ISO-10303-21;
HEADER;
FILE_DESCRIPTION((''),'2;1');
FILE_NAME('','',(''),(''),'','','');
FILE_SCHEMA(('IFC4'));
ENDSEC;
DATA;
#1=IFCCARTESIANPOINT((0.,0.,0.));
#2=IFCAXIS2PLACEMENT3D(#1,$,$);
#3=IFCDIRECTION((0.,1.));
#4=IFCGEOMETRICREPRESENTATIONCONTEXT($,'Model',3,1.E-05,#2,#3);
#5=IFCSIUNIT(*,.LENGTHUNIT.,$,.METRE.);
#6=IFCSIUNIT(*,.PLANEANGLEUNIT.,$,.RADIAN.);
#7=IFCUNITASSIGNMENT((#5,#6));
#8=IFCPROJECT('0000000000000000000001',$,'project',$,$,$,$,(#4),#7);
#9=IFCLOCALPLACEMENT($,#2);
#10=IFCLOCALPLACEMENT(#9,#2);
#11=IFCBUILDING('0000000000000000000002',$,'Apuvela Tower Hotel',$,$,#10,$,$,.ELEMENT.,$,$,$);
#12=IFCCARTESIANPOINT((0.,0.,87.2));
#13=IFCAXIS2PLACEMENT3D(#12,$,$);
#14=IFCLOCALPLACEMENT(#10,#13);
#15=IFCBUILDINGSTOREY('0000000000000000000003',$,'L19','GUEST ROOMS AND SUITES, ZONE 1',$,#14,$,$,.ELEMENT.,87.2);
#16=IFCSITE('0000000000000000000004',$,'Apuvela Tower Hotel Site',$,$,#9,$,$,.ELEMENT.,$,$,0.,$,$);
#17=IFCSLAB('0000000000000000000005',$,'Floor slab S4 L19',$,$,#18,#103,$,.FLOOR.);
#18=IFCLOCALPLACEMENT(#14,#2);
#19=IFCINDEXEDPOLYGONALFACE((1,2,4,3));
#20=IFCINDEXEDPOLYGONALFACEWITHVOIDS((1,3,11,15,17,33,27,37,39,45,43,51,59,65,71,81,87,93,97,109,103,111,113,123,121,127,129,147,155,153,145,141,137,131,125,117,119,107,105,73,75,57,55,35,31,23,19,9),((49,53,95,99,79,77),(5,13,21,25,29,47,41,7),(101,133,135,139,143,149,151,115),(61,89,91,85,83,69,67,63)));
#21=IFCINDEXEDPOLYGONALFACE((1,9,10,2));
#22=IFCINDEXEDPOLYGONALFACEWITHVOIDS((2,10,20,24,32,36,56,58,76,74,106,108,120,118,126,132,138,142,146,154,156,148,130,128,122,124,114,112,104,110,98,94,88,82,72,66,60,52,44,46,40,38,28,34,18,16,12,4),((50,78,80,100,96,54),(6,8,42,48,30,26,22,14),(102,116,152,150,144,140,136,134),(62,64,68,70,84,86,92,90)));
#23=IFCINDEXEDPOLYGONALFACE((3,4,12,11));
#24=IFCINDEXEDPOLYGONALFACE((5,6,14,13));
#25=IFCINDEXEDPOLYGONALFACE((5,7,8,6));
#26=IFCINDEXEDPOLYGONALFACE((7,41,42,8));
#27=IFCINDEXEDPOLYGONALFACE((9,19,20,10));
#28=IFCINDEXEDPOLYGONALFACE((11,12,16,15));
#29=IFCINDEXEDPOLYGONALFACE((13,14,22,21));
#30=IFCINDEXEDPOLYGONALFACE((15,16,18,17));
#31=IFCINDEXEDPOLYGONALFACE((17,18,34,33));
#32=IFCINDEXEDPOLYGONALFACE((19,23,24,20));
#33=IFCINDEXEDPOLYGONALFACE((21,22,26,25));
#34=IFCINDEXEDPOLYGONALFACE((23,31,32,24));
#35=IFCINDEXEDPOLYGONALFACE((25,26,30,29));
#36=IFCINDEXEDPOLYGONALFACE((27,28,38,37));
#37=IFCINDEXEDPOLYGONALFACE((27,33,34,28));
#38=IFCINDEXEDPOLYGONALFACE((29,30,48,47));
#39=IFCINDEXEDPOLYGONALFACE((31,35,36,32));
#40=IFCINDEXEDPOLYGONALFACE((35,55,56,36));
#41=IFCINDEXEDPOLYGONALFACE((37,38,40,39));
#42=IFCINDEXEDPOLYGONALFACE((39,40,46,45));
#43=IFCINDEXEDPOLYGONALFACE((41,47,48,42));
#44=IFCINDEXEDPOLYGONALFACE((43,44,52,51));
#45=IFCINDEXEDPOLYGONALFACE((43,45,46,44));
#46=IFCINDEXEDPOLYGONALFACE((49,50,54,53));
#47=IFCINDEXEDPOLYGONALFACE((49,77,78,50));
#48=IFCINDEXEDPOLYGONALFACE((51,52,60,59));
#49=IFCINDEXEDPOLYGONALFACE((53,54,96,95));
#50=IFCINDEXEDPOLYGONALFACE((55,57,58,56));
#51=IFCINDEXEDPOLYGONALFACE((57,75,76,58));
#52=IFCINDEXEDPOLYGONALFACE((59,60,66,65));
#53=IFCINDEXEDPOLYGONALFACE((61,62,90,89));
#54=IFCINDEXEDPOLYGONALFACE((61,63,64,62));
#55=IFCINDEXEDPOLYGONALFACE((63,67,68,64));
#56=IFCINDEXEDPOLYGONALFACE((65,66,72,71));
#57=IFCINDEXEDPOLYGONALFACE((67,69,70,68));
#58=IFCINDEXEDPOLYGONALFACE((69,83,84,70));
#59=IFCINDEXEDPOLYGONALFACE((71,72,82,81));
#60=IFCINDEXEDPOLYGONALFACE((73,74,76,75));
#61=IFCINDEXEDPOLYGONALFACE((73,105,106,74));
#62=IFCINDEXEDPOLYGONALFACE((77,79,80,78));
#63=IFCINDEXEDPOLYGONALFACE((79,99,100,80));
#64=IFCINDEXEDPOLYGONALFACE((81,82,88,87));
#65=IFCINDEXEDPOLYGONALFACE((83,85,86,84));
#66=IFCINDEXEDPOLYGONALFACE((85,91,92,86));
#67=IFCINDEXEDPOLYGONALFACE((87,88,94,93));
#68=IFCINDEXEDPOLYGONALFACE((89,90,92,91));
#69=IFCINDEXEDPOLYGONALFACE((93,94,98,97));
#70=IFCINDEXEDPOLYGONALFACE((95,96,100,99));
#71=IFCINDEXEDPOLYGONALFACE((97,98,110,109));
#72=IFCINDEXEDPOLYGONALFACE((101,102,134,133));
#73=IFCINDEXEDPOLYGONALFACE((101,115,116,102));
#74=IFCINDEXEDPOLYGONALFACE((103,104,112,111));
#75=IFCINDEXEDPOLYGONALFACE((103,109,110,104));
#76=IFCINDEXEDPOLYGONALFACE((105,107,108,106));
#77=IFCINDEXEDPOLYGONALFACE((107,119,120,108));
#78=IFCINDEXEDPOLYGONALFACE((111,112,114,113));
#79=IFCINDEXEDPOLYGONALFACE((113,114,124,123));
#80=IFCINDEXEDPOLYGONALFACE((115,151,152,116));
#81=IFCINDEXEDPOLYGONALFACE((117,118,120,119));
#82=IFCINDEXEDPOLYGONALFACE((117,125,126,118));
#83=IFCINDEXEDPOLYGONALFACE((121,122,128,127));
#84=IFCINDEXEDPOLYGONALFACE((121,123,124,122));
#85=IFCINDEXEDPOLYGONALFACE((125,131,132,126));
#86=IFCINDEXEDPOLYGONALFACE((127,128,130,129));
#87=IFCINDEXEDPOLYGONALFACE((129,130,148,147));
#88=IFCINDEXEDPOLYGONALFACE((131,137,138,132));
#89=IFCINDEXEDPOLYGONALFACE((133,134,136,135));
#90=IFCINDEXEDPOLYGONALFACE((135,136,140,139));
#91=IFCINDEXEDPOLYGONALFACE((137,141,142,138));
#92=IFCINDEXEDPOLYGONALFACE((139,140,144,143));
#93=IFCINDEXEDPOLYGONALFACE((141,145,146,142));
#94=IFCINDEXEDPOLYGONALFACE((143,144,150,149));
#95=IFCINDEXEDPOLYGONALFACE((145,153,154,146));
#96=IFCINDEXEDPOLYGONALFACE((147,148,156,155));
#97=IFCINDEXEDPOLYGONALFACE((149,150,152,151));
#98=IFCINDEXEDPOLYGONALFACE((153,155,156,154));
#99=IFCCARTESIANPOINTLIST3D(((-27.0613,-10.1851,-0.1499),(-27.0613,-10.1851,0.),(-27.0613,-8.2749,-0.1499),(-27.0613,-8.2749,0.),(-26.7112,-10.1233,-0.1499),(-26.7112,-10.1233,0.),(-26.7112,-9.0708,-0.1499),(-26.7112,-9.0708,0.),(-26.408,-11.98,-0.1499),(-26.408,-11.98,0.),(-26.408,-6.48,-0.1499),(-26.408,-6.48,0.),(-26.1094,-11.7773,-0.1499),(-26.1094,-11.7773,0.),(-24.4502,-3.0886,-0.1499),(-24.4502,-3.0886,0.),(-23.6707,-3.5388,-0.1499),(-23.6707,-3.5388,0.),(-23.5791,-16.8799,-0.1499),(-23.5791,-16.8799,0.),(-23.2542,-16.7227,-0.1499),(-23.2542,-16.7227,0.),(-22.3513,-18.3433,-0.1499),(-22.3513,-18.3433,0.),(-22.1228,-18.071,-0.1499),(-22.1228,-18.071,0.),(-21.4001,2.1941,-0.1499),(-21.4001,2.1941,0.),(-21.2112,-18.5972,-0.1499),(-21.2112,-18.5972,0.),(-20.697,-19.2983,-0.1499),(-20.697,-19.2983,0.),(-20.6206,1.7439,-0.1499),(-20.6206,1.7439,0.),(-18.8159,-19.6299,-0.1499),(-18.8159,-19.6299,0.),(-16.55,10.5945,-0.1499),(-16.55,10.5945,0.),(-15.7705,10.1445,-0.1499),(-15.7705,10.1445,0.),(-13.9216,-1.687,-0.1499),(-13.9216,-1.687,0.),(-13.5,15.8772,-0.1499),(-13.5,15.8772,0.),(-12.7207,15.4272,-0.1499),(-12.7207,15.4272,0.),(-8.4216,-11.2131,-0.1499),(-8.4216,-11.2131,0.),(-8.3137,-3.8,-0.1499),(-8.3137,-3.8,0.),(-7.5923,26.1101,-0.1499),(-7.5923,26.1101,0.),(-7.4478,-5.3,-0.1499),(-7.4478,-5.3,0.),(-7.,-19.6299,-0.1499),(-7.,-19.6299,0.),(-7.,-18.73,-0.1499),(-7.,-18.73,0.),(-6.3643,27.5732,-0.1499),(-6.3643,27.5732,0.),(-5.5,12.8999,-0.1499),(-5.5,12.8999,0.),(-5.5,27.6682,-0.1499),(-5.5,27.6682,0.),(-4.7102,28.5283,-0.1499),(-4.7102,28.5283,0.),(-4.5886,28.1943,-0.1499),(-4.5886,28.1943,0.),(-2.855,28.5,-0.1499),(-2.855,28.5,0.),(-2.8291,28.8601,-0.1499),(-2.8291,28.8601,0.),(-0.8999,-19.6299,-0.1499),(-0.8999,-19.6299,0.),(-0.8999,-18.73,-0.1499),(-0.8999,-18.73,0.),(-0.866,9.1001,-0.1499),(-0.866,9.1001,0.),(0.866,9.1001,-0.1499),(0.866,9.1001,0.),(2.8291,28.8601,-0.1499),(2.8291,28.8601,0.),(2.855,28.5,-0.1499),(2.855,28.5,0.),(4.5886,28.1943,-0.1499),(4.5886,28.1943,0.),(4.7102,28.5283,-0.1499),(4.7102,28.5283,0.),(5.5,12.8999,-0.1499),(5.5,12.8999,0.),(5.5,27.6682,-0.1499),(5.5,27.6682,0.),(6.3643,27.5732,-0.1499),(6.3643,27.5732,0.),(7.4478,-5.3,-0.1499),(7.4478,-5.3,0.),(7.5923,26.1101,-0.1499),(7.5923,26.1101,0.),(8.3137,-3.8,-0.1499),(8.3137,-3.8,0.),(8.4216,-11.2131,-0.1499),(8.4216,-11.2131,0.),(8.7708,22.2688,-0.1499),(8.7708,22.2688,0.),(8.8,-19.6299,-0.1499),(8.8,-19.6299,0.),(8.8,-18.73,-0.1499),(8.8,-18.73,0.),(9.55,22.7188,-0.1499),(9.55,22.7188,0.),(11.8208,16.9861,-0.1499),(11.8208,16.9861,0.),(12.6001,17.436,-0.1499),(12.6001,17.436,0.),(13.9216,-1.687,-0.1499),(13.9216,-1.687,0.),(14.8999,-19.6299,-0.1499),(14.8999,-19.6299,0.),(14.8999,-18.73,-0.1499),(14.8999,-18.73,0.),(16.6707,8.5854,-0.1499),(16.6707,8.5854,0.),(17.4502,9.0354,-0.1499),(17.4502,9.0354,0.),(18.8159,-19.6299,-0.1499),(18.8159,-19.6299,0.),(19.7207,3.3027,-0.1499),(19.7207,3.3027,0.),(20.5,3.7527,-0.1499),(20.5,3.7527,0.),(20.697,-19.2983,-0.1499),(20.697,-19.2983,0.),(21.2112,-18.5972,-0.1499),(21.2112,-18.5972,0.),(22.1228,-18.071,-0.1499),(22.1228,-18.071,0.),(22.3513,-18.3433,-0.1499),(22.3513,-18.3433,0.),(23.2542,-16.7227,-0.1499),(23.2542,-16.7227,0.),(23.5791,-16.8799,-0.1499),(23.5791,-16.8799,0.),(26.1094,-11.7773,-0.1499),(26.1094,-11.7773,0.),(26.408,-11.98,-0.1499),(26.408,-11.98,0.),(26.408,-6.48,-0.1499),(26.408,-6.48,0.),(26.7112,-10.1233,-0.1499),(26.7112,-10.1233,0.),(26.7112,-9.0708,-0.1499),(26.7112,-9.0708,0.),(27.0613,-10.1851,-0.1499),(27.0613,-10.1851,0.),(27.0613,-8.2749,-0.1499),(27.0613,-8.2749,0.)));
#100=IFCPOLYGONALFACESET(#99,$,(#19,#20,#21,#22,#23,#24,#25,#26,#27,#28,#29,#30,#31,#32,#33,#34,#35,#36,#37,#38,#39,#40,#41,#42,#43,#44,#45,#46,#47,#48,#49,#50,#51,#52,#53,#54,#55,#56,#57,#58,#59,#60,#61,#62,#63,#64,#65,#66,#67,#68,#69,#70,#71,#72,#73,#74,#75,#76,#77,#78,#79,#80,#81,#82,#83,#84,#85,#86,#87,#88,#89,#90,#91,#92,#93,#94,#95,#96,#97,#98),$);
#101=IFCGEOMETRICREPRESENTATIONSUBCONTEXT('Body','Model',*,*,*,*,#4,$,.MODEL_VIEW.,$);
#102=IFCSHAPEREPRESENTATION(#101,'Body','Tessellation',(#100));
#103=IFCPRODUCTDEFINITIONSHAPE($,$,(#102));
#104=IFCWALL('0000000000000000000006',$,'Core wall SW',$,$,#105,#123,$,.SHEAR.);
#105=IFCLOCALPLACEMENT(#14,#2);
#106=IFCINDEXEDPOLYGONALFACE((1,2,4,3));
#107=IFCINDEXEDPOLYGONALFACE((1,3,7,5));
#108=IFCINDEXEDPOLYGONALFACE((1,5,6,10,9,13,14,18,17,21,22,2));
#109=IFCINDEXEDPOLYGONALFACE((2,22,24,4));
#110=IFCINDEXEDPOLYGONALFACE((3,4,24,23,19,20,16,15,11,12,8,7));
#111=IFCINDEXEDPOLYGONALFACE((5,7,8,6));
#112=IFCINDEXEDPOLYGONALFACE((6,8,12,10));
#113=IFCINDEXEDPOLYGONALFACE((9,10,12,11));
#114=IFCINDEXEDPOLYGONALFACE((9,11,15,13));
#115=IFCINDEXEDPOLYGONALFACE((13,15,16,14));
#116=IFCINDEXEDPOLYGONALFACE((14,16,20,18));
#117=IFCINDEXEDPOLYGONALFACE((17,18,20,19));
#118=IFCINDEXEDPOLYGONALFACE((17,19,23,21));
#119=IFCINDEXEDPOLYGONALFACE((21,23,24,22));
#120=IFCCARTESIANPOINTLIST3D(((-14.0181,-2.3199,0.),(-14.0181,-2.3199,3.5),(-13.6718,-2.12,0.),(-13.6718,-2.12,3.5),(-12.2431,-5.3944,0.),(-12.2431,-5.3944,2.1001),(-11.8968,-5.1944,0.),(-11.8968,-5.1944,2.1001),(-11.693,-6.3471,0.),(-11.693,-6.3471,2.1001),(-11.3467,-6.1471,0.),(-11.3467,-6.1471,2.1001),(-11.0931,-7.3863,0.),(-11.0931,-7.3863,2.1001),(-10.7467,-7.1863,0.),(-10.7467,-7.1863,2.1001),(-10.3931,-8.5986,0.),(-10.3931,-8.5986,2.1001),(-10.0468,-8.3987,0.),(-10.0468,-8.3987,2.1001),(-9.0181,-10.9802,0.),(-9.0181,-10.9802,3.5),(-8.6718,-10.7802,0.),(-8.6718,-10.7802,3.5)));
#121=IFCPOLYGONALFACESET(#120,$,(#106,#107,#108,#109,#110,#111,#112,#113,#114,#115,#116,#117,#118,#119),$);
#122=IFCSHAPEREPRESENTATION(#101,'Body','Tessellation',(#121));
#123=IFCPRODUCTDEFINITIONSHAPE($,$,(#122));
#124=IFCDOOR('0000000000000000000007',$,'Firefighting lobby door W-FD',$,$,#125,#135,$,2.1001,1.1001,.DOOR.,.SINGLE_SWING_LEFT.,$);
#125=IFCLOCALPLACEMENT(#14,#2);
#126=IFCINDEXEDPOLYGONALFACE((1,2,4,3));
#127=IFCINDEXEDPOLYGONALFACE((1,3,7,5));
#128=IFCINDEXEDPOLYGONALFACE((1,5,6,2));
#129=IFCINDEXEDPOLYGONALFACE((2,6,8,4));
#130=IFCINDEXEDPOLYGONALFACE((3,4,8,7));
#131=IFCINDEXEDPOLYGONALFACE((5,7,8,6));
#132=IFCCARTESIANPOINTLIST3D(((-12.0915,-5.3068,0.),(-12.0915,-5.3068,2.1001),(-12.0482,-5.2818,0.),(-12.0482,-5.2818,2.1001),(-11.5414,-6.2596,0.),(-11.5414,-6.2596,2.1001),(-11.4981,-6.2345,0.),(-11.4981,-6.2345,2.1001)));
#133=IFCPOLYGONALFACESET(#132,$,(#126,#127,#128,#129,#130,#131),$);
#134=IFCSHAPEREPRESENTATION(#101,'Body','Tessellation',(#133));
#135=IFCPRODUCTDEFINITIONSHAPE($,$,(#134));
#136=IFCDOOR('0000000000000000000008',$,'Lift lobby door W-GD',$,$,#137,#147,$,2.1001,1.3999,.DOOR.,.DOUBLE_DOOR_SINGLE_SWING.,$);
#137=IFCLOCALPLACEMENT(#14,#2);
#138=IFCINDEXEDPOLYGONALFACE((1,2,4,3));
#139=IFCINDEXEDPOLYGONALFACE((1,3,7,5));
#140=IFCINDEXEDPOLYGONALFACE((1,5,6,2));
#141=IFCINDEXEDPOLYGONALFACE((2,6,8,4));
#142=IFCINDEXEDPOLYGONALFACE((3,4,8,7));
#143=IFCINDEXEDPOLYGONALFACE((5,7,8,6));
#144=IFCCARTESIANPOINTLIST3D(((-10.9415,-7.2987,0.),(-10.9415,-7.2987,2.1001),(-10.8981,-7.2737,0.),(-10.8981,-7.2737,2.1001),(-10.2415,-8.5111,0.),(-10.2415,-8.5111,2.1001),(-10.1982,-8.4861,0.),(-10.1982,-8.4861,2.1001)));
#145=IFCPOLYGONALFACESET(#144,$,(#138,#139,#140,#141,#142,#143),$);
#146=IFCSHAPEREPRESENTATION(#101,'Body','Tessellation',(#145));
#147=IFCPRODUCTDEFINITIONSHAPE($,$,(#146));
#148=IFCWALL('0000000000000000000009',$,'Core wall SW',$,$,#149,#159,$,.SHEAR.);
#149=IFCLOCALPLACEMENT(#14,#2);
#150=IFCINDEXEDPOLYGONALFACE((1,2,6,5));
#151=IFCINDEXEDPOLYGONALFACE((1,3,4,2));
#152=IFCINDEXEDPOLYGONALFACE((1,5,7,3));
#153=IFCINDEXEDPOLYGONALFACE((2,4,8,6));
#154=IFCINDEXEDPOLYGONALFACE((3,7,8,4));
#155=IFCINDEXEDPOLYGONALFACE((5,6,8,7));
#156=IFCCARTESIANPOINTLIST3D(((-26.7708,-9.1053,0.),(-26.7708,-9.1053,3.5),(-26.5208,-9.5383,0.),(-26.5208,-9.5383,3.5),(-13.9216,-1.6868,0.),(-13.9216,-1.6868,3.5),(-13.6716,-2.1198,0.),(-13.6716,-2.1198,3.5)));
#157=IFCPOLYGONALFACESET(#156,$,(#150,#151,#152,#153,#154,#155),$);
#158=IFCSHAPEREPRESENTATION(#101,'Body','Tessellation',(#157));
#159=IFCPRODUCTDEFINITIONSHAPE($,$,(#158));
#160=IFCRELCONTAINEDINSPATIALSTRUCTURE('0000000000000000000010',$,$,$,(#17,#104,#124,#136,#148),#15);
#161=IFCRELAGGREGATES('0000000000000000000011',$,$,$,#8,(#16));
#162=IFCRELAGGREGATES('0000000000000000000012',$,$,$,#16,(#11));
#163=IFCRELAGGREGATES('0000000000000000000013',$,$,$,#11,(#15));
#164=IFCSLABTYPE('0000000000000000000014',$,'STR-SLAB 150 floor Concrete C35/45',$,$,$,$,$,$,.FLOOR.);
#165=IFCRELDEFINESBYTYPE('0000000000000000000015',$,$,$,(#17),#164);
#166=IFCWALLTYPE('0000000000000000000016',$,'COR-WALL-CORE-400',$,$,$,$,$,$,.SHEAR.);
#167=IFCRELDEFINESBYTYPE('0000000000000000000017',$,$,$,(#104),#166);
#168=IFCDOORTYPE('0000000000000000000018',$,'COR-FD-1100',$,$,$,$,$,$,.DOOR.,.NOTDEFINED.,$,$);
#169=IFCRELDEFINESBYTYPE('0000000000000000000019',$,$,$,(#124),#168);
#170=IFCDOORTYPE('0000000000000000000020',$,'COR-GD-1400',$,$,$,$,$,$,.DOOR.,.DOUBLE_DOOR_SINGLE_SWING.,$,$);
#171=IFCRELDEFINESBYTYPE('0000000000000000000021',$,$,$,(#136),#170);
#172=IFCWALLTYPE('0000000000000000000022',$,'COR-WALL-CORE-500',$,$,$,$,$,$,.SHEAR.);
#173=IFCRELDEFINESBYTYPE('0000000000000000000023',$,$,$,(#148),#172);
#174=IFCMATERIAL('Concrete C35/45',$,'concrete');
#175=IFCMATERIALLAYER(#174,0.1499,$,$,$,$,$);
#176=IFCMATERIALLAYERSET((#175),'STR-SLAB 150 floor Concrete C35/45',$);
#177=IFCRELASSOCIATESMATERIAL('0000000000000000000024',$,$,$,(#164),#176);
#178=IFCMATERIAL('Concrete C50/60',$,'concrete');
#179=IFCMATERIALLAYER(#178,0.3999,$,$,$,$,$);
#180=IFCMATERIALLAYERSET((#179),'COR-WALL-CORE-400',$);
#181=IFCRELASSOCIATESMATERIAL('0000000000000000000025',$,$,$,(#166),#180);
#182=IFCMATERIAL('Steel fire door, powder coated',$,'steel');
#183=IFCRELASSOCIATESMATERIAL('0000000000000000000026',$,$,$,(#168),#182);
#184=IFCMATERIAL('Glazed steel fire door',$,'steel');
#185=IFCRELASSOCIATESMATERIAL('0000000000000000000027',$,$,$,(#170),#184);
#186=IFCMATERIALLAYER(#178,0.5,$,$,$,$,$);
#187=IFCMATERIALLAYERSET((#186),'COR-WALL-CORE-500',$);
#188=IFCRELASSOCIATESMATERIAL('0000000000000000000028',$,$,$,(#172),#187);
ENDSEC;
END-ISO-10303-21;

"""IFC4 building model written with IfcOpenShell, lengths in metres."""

from ifc_helpers import new_model, si_unit, direction, frame, frame_2d, origin, place, context, subcontext, project, spatial, polyline, rectangle, outline, extrude, material, layer, layer_set, type_object, element, fill, save


model = new_model("IFC4")

# Units and contexts
model_context = context("Model", 3, precision=1e-05, world=origin(), true_north=direction((0.0, 1.0)))
body_context = subcontext(model_context, "Body", "Model", "MODEL_VIEW")
ifc_project = project(units=[si_unit("LENGTHUNIT", "METRE"), si_unit("PLANEANGLEUNIT", "RADIAN")], contexts=[model_context])

# Site, building, storey
site_placement = place(None, origin())
site = spatial("IfcSite", under=ifc_project, at=site_placement, Name="Apuvela Tower Hotel Site", CompositionType="ELEMENT", RefElevation=0.0)
building_placement = place(site_placement, origin())
building = spatial("IfcBuilding", under=site, at=building_placement, Name="Apuvela Tower Hotel", CompositionType="ELEMENT")
storey_placement = place(building_placement, frame((0.0, 0.0, 87.2)))
storey = spatial("IfcBuildingStorey", under=building, at=storey_placement, Name="L19", Description="GUEST ROOMS AND SUITES, ZONE 1", CompositionType="ELEMENT", Elevation=87.2)

# Shared definitions
ifc_material_1 = material(Name="Concrete C50/60", Category="concrete")

# Slab
ifc_material_2 = material(Name="Concrete C35/45", Category="concrete")
ifc_layer_1 = layer(ifc_material_2, 0.1499)
ifc_layer_set_1 = layer_set([ifc_layer_1], Name="STR-SLAB 150 floor Concrete C35/45")
slab_type_1 = type_object("IfcSlabType", Name="STR-SLAB 150 floor Concrete C35/45", PredefinedType="FLOOR", material=ifc_layer_set_1)
slab_1_placement = place(storey_placement, frame((0.0, 0.0, -0.1499)))
element("IfcSlab", 1, at=slab_1_placement, inside=storey, type_object=slab_type_1, Name="Floor slab S4 L19", PredefinedType="FLOOR", context=body_context, shape_type="SweptSolid", body=[
    extrude(outline(polyline([(-6.3643, 27.5732), (-4.7102, 28.5283), (-2.8291, 28.8601), (2.8291, 28.8601), (4.7102, 28.5283), (6.3643, 27.5732), (7.5923, 26.1101), (9.55, 22.7188), (8.7708, 22.2688), (11.8208, 16.9861), (12.6001, 17.436), (17.4502, 9.0354), (16.6707, 8.5854), (19.7207, 3.3027), (20.5, 3.7527), (26.408, -6.48), (27.0613, -8.2749), (27.0613, -10.1851), (26.408, -11.98), (23.5791, -16.8799), (22.3513, -18.3433), (20.697, -19.2983), (18.8159, -19.6299), (14.8999, -19.6299), (14.8999, -18.73), (8.8, -18.73), (8.8, -19.6299), (-0.8999, -19.6299), (-0.8999, -18.73), (-7.0, -18.73), (-7.0, -19.6299), (-18.8159, -19.6299), (-20.697, -19.2983), (-22.3513, -18.3433), (-23.5791, -16.8799), (-26.408, -11.98), (-27.0613, -10.1851), (-27.0613, -8.2749), (-26.408, -6.48), (-24.4502, -3.0886), (-23.6707, -3.5388), (-20.6206, 1.7439), (-21.4001, 2.1941), (-16.55, 10.5945), (-15.7705, 10.1445), (-12.7207, 15.4272), (-13.5, 15.8772), (-7.5923, 26.1101), (-6.3643, 27.5732)]), holes=[polyline([(0.866, 9.1001), (-0.866, 9.1001), (-8.3137, -3.8), (-7.4478, -5.3), (7.4478, -5.3), (8.3137, -3.8), (0.866, 9.1001)]), polyline([(-5.5, 12.8999), (-5.5, 27.6682), (-4.5886, 28.1943), (-2.855, 28.5), (2.855, 28.5), (4.5886, 28.1943), (5.5, 27.6682), (5.5, 12.8999), (-5.5, 12.8999)]), polyline([(-8.4216, -11.2131), (-21.2112, -18.5972), (-22.1228, -18.071), (-23.2542, -16.7227), (-26.1094, -11.7773), (-26.7112, -10.1233), (-26.7112, -9.0708), (-13.9216, -1.687), (-8.4216, -11.2131)]), polyline([(13.9216, -1.687), (26.7112, -9.0708), (26.7112, -10.1233), (26.1094, -11.7773), (23.2542, -16.7227), (22.1228, -18.071), (21.2112, -18.5972), (8.4216, -11.2131), (13.9216, -1.687)])]), origin(), (0.0, 0.0, 1.0), 0.1499),
])

# Wall, openings, doors
ifc_layer_2 = layer(ifc_material_1, 0.3999)
ifc_layer_set_2 = layer_set([ifc_layer_2], Name="COR-WALL-CORE-400")
wall_type_1 = type_object("IfcWallType", Name="COR-WALL-CORE-400", PredefinedType="SHEAR", material=ifc_layer_set_2)
wall_1_placement = place(storey_placement, frame((-13.845, -2.22, 0.0), z_axis=(0.0, 0.0, 1.0), x_axis=(0.500004, -0.866023, 0.0)))
wall_1 = element("IfcWall", 2, at=wall_1_placement, inside=storey, type_object=wall_type_1, Name="Core wall SW", PredefinedType="SHEAR", context=body_context, shape_type="SweptSolid", body=[
    extrude(rectangle(XDim=10.0, YDim=0.3999, at=frame_2d((5.0, 0.0))), origin(), (0.0, 0.0, 1.0), 3.5),
])
opening_1_placement = place(wall_1_placement, frame((3.55, 0.0, 0.0)))
opening_1 = element("IfcOpeningElement", 3, at=opening_1_placement, cuts=wall_1, PredefinedType="OPENING", context=body_context, shape_type="SweptSolid", body=[
    extrude(rectangle(XDim=1.1001, YDim=2.1001, at=frame_2d((0.55, 1.05))), frame((0.0, 0.21, 0.0), z_axis=(0.0, -1.0, 0.0), x_axis=(1.0, 0.0, 0.0)), (0.0, 0.0, 1.0), 0.4199),
])
opening_2_placement = place(wall_1_placement, frame((5.8501, 0.0, 0.0)))
opening_2 = element("IfcOpeningElement", 4, at=opening_2_placement, cuts=wall_1, PredefinedType="OPENING", context=body_context, shape_type="SweptSolid", body=[
    extrude(rectangle(XDim=1.3999, YDim=2.1001, at=frame_2d((0.7, 1.05))), frame((0.0, 0.21, 0.0), z_axis=(0.0, -1.0, 0.0), x_axis=(1.0, 0.0, 0.0)), (0.0, 0.0, 1.0), 0.4199),
])
ifc_material_3 = material(Name="Steel fire door, powder coated", Category="steel")
door_type_1 = type_object("IfcDoorType", Name="COR-FD-1100", OperationType="NOTDEFINED", PredefinedType="DOOR", material=ifc_material_3)
door_1_placement = place(opening_1_placement, frame((1.1001, 0.0, 0.0), z_axis=(0.0, 0.0, 1.0), x_axis=(-1.0, 0.0, 0.0)))
door_1 = element("IfcDoor", 5, at=door_1_placement, inside=storey, type_object=door_type_1, Name="Firefighting lobby door W-FD", OperationType="SINGLE_SWING_LEFT", OverallHeight=2.1001, OverallWidth=1.1001, PredefinedType="DOOR", context=body_context, shape_type="SweptSolid", body=[
    extrude(rectangle(XDim=1.1001, YDim=2.1001, at=frame_2d((0.55, 1.05))), frame((0.0, 0.0249, 0.0), z_axis=(0.0, -1.0, 0.0), x_axis=(1.0, 0.0, 0.0)), (0.0, 0.0, 1.0), 0.05),
])
fill(opening_1, door_1)
ifc_material_4 = material(Name="Glazed steel fire door", Category="steel")
door_type_2 = type_object("IfcDoorType", Name="COR-GD-1400", OperationType="DOUBLE_DOOR_SINGLE_SWING", PredefinedType="DOOR", material=ifc_material_4)
door_2_placement = place(opening_2_placement, frame((1.3999, 0.0, 0.0), z_axis=(0.0, 0.0, 1.0), x_axis=(-1.0, 0.0, 0.0)))
door_2 = element("IfcDoor", 6, at=door_2_placement, inside=storey, type_object=door_type_2, Name="Lift lobby door W-GD", OperationType="DOUBLE_DOOR_SINGLE_SWING", OverallHeight=2.1001, OverallWidth=1.3999, PredefinedType="DOOR", context=body_context, shape_type="SweptSolid", body=[
    extrude(rectangle(XDim=1.3999, YDim=2.1001, at=frame_2d((0.7, 1.05))), frame((0.0, 0.0249, 0.0), z_axis=(0.0, -1.0, 0.0), x_axis=(1.0, 0.0, 0.0)), (0.0, 0.0, 1.0), 0.05),
])
fill(opening_2, door_2)

# Wall
ifc_layer_3 = layer(ifc_material_1, 0.5)
ifc_layer_set_3 = layer_set([ifc_layer_3], Name="COR-WALL-CORE-500")
wall_type_2 = type_object("IfcWallType", Name="COR-WALL-CORE-500", PredefinedType="SHEAR", material=ifc_layer_set_3)
wall_2_placement = place(storey_placement, frame((-13.7966, -1.9033, 0.0), z_axis=(0.0, 0.0, 1.0), x_axis=(-0.866025, -0.500001, 0.0)))
element("IfcWall", 7, at=wall_2_placement, inside=storey, type_object=wall_type_2, Name="Core wall SW", PredefinedType="SHEAR", context=body_context, shape_type="SweptSolid", body=[
    extrude(rectangle(XDim=14.8369, YDim=0.5, at=frame_2d((7.4185, 0.0))), origin(), (0.0, 0.0, 1.0), 3.5),
])

save(model, "model.ifc")
